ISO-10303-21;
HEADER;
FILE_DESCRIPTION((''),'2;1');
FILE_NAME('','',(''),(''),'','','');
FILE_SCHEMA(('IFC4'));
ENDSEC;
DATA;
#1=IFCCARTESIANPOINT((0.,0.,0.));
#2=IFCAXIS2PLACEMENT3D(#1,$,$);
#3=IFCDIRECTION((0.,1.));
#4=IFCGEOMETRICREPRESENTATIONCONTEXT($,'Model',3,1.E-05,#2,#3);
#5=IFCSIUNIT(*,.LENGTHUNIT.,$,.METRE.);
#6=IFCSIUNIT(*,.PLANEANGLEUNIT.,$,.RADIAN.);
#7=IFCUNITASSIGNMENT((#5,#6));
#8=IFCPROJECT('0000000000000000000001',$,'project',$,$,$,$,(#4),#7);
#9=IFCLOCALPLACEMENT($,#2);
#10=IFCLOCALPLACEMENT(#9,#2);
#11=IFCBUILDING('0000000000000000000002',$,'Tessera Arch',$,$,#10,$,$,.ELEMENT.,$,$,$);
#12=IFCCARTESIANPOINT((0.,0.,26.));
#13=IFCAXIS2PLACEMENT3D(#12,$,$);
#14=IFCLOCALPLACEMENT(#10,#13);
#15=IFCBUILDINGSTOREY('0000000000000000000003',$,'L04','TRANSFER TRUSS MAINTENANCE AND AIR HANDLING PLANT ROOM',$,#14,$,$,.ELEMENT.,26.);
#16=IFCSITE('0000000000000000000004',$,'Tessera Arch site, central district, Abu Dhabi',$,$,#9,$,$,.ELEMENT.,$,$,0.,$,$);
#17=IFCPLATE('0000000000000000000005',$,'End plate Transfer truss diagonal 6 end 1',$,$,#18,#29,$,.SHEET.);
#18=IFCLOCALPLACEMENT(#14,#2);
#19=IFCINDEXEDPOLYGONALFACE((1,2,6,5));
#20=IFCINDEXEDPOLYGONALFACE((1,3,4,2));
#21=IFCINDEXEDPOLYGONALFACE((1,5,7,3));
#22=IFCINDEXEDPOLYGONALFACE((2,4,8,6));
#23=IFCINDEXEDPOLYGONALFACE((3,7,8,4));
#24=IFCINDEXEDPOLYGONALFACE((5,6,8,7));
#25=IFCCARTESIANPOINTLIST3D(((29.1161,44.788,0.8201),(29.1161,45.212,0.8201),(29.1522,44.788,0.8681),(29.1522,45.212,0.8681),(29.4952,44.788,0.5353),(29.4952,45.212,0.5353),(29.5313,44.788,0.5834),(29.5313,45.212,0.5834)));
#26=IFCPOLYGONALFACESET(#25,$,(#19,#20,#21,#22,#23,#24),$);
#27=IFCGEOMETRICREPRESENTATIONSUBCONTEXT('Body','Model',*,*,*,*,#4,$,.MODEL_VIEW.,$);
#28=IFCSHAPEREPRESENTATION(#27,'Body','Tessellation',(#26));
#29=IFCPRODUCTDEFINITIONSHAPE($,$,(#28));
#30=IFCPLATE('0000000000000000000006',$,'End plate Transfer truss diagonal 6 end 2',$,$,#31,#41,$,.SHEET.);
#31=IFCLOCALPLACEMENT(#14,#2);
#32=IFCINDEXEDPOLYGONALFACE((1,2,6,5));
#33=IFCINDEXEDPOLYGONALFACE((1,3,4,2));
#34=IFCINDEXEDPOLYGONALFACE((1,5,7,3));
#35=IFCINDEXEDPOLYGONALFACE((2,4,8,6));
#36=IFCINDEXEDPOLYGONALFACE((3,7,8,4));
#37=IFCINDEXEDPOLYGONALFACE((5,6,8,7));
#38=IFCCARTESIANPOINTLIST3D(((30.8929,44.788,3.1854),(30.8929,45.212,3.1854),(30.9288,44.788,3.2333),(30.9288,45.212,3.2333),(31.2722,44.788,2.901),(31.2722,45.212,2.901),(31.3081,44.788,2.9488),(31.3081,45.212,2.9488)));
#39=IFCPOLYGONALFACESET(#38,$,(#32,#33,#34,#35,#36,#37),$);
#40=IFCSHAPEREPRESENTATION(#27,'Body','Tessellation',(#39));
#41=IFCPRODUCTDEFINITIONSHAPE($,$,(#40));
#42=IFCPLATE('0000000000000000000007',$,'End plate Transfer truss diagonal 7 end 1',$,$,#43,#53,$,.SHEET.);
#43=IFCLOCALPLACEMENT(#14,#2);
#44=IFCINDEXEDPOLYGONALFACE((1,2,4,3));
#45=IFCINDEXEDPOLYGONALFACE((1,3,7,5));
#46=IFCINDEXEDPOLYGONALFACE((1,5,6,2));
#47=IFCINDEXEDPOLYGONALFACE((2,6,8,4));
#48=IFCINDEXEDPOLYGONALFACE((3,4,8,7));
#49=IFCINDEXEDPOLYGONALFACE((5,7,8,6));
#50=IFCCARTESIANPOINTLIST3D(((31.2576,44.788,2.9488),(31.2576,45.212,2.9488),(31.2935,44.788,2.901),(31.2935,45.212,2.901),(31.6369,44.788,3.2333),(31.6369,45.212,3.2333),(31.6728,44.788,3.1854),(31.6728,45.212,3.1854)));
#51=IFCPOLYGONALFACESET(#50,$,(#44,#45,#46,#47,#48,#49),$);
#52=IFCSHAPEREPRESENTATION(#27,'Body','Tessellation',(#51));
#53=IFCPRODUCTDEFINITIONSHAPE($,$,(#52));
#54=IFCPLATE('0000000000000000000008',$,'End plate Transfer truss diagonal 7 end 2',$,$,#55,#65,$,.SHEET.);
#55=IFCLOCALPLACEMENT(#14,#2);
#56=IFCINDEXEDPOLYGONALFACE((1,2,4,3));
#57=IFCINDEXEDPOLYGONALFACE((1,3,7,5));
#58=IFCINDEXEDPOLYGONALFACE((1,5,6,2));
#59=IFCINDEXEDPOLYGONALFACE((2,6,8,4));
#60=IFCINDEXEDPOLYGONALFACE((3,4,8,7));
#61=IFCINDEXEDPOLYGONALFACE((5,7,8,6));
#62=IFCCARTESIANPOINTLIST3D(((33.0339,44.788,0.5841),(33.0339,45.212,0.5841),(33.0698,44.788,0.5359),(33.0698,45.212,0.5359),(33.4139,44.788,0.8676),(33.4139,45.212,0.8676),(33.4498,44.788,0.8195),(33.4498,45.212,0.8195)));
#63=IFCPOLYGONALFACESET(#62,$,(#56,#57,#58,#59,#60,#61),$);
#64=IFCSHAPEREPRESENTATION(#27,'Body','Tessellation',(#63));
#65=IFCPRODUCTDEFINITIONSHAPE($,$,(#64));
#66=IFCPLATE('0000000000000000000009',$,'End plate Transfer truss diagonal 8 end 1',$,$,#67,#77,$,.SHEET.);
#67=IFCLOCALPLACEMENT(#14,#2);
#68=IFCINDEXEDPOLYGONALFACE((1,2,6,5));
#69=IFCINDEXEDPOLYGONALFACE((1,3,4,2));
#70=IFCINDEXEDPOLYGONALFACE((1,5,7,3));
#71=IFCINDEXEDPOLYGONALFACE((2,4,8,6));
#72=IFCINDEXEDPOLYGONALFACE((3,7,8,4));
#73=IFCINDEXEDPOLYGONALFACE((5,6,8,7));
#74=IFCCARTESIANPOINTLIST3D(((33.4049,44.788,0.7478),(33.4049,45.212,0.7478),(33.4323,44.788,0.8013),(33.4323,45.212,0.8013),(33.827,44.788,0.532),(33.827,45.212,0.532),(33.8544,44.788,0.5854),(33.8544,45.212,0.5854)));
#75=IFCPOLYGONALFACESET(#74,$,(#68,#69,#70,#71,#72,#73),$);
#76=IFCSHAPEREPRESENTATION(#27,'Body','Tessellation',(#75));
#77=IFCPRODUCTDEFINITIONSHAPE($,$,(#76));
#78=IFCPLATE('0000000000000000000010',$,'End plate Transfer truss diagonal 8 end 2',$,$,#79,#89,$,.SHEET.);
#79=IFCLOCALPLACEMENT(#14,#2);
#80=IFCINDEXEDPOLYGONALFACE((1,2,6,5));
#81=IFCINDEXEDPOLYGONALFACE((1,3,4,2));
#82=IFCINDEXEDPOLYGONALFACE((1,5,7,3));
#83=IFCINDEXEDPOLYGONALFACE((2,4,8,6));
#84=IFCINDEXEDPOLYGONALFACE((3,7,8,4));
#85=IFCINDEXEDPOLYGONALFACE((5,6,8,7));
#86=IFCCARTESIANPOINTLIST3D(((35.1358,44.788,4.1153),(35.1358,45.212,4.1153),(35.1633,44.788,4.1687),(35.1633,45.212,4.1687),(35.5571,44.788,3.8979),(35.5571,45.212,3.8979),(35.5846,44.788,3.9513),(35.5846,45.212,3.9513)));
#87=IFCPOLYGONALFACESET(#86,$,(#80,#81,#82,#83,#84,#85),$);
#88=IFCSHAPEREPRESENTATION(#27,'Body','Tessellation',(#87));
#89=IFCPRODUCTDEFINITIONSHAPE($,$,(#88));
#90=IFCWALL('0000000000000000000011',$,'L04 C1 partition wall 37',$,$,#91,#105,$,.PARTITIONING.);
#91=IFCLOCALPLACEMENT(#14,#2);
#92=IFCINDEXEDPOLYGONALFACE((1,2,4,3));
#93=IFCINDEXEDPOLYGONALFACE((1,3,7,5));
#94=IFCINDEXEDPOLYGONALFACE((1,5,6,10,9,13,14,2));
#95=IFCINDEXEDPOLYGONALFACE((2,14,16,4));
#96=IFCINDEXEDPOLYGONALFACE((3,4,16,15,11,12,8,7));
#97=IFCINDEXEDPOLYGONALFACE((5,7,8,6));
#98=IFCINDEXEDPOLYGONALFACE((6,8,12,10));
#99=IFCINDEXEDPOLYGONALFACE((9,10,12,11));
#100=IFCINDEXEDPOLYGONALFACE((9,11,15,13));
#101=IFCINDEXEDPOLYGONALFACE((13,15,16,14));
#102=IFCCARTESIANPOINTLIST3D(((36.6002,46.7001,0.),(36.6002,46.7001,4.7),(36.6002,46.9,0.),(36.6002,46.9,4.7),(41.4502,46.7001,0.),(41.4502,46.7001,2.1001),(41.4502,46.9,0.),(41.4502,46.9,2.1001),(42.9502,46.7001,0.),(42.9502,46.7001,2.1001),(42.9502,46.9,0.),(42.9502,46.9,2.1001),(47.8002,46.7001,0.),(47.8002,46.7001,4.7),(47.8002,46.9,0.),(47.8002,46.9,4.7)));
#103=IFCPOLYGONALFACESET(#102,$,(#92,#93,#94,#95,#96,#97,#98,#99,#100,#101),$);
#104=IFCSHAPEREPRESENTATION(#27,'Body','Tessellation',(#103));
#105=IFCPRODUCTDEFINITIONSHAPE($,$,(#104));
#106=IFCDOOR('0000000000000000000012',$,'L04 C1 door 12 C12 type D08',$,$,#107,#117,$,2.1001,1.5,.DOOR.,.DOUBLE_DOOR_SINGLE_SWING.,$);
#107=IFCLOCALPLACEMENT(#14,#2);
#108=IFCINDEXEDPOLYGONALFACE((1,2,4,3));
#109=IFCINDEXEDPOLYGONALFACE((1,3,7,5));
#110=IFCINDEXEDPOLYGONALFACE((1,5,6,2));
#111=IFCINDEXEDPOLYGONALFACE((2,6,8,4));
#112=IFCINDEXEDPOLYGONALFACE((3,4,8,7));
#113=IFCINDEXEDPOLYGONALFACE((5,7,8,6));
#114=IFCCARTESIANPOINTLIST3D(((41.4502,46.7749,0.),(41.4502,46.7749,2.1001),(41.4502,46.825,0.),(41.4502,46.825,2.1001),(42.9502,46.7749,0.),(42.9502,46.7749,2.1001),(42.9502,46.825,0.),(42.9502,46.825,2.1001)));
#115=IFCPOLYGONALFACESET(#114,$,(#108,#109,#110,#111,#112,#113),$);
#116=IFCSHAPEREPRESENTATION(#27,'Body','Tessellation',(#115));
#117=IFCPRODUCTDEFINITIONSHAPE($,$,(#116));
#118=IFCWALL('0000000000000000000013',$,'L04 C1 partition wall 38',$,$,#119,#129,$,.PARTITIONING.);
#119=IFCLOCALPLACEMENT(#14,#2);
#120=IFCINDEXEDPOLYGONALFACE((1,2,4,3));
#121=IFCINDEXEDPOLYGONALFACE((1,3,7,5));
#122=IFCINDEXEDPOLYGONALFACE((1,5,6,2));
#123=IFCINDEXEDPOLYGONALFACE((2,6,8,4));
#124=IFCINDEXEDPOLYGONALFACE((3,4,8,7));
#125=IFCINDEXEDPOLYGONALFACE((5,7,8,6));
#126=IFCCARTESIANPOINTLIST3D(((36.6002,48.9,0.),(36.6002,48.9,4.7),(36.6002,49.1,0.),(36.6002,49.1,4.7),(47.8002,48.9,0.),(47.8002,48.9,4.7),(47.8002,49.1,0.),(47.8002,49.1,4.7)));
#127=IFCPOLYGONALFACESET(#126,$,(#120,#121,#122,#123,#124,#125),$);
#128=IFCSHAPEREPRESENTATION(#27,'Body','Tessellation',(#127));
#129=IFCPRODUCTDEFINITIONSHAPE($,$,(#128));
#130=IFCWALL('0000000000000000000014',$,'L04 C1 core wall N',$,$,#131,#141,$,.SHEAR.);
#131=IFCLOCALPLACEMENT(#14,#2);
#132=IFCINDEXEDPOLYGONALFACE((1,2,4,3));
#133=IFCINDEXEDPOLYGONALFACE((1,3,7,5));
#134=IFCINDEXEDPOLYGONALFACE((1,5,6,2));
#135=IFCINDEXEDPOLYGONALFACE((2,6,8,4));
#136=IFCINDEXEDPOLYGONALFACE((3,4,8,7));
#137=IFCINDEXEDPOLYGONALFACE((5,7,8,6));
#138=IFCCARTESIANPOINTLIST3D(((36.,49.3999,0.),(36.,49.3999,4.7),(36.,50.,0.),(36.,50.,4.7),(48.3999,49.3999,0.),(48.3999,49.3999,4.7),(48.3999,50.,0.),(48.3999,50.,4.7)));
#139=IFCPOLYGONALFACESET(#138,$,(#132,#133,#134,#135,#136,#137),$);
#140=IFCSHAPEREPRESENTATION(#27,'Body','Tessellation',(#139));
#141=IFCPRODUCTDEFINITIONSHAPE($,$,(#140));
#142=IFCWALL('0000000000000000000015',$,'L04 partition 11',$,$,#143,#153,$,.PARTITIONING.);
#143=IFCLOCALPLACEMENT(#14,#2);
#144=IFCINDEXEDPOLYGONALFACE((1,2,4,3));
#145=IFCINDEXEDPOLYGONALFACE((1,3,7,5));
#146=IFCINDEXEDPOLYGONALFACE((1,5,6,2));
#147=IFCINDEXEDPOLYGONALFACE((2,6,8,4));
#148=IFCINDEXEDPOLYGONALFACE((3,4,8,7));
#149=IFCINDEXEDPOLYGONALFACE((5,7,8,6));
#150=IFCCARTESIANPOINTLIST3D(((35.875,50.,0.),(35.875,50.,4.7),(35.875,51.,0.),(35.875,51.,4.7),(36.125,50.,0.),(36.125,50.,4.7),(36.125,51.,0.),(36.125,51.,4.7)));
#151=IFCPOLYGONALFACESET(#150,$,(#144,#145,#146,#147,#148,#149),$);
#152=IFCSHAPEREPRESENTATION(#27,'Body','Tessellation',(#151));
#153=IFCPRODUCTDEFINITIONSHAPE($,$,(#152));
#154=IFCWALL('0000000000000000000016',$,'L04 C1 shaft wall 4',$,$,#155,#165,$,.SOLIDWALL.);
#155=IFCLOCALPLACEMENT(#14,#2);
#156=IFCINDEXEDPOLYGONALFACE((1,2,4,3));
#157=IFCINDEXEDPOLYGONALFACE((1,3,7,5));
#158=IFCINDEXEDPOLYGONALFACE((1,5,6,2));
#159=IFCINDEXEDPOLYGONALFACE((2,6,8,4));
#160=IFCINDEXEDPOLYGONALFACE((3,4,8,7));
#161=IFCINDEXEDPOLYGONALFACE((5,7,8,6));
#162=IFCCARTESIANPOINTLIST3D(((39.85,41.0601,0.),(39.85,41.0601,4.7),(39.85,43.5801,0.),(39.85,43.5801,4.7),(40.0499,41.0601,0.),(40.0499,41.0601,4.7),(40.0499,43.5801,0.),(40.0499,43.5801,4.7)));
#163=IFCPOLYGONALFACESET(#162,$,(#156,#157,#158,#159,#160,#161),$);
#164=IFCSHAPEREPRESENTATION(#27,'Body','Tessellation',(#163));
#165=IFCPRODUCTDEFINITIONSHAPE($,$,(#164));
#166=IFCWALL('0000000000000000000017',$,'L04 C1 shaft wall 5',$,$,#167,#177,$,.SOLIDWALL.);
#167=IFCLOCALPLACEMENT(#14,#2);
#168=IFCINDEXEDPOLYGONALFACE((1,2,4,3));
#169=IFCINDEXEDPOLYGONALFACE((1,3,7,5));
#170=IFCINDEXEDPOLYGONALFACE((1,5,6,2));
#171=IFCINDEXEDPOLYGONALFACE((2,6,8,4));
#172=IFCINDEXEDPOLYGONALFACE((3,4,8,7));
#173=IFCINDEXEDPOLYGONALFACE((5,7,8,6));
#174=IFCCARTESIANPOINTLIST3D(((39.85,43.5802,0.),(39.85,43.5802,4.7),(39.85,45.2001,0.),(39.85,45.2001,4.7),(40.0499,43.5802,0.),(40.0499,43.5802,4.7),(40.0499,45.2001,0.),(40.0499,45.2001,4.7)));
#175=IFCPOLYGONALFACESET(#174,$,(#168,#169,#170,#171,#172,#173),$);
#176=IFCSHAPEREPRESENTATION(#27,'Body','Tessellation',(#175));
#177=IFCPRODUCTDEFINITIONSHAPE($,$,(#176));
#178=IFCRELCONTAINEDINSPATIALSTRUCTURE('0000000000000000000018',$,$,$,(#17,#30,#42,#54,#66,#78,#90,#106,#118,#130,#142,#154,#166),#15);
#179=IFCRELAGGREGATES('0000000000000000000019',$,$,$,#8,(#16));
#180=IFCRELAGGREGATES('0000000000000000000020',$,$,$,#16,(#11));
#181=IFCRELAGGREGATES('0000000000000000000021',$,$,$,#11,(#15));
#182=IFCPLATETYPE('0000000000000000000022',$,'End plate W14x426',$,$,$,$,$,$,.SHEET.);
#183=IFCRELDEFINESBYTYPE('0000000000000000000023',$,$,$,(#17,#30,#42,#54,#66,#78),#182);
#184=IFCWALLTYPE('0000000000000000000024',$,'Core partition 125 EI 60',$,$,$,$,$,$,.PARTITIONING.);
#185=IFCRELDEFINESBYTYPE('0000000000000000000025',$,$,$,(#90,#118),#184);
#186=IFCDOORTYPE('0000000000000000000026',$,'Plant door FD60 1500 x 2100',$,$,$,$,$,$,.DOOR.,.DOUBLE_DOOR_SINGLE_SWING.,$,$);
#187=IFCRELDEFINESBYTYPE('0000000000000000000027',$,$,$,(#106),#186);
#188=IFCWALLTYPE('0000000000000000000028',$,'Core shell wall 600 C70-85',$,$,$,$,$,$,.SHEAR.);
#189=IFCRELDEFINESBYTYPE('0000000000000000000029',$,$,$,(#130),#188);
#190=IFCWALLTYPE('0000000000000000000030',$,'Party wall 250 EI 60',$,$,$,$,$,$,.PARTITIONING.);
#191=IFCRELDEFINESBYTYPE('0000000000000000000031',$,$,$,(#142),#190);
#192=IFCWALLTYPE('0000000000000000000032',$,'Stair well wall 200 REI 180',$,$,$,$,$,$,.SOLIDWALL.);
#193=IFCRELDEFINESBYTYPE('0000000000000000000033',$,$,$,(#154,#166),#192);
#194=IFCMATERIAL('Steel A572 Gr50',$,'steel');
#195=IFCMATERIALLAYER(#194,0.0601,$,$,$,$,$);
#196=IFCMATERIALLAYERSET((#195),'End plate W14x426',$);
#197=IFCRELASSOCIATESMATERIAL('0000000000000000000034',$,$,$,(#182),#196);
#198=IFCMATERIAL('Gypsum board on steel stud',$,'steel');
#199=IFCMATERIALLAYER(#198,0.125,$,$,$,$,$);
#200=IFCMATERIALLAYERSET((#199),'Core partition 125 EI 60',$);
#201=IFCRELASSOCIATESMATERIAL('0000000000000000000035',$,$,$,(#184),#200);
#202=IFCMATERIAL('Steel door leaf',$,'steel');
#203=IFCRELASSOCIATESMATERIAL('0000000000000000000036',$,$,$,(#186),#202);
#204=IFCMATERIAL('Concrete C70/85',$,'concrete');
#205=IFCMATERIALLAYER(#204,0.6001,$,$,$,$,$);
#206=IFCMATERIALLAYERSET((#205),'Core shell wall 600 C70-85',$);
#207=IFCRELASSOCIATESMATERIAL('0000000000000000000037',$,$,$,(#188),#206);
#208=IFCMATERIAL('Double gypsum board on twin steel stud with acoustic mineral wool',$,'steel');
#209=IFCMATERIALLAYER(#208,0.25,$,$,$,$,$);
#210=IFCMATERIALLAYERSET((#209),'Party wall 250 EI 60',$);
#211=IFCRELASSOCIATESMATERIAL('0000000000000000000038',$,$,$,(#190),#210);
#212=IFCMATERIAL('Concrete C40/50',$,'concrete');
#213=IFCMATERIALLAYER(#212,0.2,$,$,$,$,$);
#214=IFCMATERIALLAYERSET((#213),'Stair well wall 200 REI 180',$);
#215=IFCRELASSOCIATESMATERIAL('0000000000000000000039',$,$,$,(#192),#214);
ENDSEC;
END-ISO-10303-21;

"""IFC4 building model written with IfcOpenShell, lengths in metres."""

from ifc_helpers import new_model, si_unit, direction, frame, frame_2d, origin, origin_2d, place, context, subcontext, project, spatial, rectangle, extrude, material, layer, layer_set, type_object, element, fill, save


model = new_model("IFC4")

# Units and contexts
model_context = context("Model", 3, precision=1e-05, world=origin(), true_north=direction((0.0, 1.0)))
body_context = subcontext(model_context, "Body", "Model", "MODEL_VIEW")
ifc_project = project(units=[si_unit("LENGTHUNIT", "METRE"), si_unit("PLANEANGLEUNIT", "RADIAN")], contexts=[model_context])

# Site, building, storey
site_placement = place(None, origin())
site = spatial("IfcSite", under=ifc_project, at=site_placement, Name="Tessera Arch site, central district, Abu Dhabi", CompositionType="ELEMENT", RefElevation=0.0)
building_placement = place(site_placement, origin())
building = spatial("IfcBuilding", under=site, at=building_placement, Name="Tessera Arch", CompositionType="ELEMENT")
storey_placement = place(building_placement, frame((0.0, 0.0, 26.0)))
storey = spatial("IfcBuildingStorey", under=building, at=storey_placement, Name="L04", Description="TRANSFER TRUSS MAINTENANCE AND AIR HANDLING PLANT ROOM", CompositionType="ELEMENT", Elevation=26.0)

# Plates
ifc_material_1 = material(Name="Steel A572 Gr50", Category="steel")
ifc_layer_1 = layer(ifc_material_1, 0.0601)
ifc_layer_set_1 = layer_set([ifc_layer_1], Name="End plate W14x426")
plate_type = type_object("IfcPlateType", Name="End plate W14x426", PredefinedType="SHEET", material=ifc_layer_set_1)
for number, where, z_axis, x_axis, name in (
    (1, (29.3057, 45.0, 0.6777), (0.600649, 0.0, 0.799513), (0.0, 1.0, 0.0), "End plate Transfer truss diagonal 6 end 1"),
):
    element("IfcPlate", number, at=place(storey_placement, frame(where, z_axis=z_axis, x_axis=x_axis)), inside=storey, type_object=plate_type, Name=name, PredefinedType="SHEET", context=body_context, shape_type="SweptSolid", body=[
        extrude(rectangle(XDim=0.4241, YDim=0.4741, at=origin_2d()), origin(), (0.0, 0.0, 1.0), 0.0601),
    ])
for number, where, z_axis, x_axis, name in (
    (2, (31.0825, 45.0, 3.0432), (0.6, 0.0, 0.8), (0.0, 1.0, 0.0), "End plate Transfer truss diagonal 6 end 2"),
    (3, (31.4473, 45.0, 3.0911), (0.6, 0.0, -0.8), (0.0, 1.0, 0.0), "End plate Transfer truss diagonal 7 end 1"),
):
    element("IfcPlate", number, at=place(storey_placement, frame(where, z_axis=z_axis, x_axis=x_axis)), inside=storey, type_object=plate_type, Name=name, PredefinedType="SHEET", context=body_context, shape_type="SweptSolid", body=[
        extrude(rectangle(XDim=0.4241, YDim=0.4741, at=origin_2d()), origin(), (0.0, 0.0, 1.0), 0.0598),
    ])
for number, where, z_axis, x_axis, name in (
    (4, (33.2239, 45.0, 0.7258), (0.598045, 0.0, -0.801462), (0.0, 1.0, 0.0), "End plate Transfer truss diagonal 7 end 2"),
    (5, (33.616, 45.0, 0.6399), (0.455326, 0.0, 0.890325), (0.0, 1.0, 0.0), "End plate Transfer truss diagonal 8 end 1"),
    (6, (35.3464, 45.0, 4.0066), (0.45854, 0.0, 0.888674), (0.0, 1.0, 0.0), "End plate Transfer truss diagonal 8 end 2"),
):
    element("IfcPlate", number, at=place(storey_placement, frame(where, z_axis=z_axis, x_axis=x_axis)), inside=storey, type_object=plate_type, Name=name, PredefinedType="SHEET", context=body_context, shape_type="SweptSolid", body=[
        extrude(rectangle(XDim=0.4241, YDim=0.4741, at=origin_2d()), origin(), (0.0, 0.0, 1.0), 0.0601),
    ])

# Wall, opening, door
ifc_material_2 = material(Name="Gypsum board on steel stud", Category="steel")
ifc_layer_2 = layer(ifc_material_2, 0.125)
ifc_layer_set_2 = layer_set([ifc_layer_2], Name="Core partition 125 EI 60")
wall_type_1 = type_object("IfcWallType", Name="Core partition 125 EI 60", PredefinedType="PARTITIONING", material=ifc_layer_set_2)
wall_1_placement = place(storey_placement, frame((36.6001, 46.8, 0.0), z_axis=(0.0, 0.0, 1.0), x_axis=(1.0, 0.0, 0.0)))
wall_1 = element("IfcWall", 7, at=wall_1_placement, inside=storey, type_object=wall_type_1, Name="L04 C1 partition wall 37", PredefinedType="PARTITIONING", context=body_context, shape_type="SweptSolid", body=[
    extrude(rectangle(XDim=11.2, YDim=0.2, at=frame_2d((5.6001, 0.0))), origin(), (0.0, 0.0, 1.0), 4.7),
])
opening_1_placement = place(wall_1_placement, frame((4.8501, 0.0, 0.0)))
opening_1 = element("IfcOpeningElement", 8, at=opening_1_placement, cuts=wall_1, PredefinedType="OPENING", context=body_context, shape_type="SweptSolid", body=[
    extrude(rectangle(XDim=1.5, YDim=2.1001, at=frame_2d((0.75, 1.05))), frame((0.0, 0.1099, 0.0), z_axis=(0.0, -1.0, 0.0), x_axis=(1.0, 0.0, 0.0)), (0.0, 0.0, 1.0), 0.22),
])
ifc_material_3 = material(Name="Steel door leaf", Category="steel")
door_type_1 = type_object("IfcDoorType", Name="Plant door FD60 1500 x 2100", OperationType="DOUBLE_DOOR_SINGLE_SWING", PredefinedType="DOOR", material=ifc_material_3)
door_1_placement = place(opening_1_placement, origin())
door_1 = element("IfcDoor", 9, at=door_1_placement, inside=storey, type_object=door_type_1, Name="L04 C1 door 12 C12 type D08", OperationType="DOUBLE_DOOR_SINGLE_SWING", OverallHeight=2.1001, OverallWidth=1.5, PredefinedType="DOOR", context=body_context, shape_type="SweptSolid", body=[
    extrude(rectangle(XDim=1.5, YDim=2.1001, at=frame_2d((0.75, 1.05))), frame((0.0, 0.0249, 0.0), z_axis=(0.0, -1.0, 0.0), x_axis=(1.0, 0.0, 0.0)), (0.0, 0.0, 1.0), 0.05),
])
fill(opening_1, door_1)

# Walls
wall_2_placement = place(storey_placement, frame((36.6001, 49.0, 0.0), z_axis=(0.0, 0.0, 1.0), x_axis=(1.0, 0.0, 0.0)))
element("IfcWall", 10, at=wall_2_placement, inside=storey, type_object=wall_type_1, Name="L04 C1 partition wall 38", PredefinedType="PARTITIONING", context=body_context, shape_type="SweptSolid", body=[
    extrude(rectangle(XDim=11.2, YDim=0.2, at=frame_2d((5.6001, 0.0))), origin(), (0.0, 0.0, 1.0), 4.7),
])
ifc_material_4 = material(Name="Concrete C70/85", Category="concrete")
ifc_layer_3 = layer(ifc_material_4, 0.6001)
ifc_layer_set_3 = layer_set([ifc_layer_3], Name="Core shell wall 600 C70-85")
wall_type_2 = type_object("IfcWallType", Name="Core shell wall 600 C70-85", PredefinedType="SHEAR", material=ifc_layer_set_3)
wall_3_placement = place(storey_placement, frame((36.0, 49.7, 0.0), z_axis=(0.0, 0.0, 1.0), x_axis=(1.0, 0.0, 0.0)))
element("IfcWall", 11, at=wall_3_placement, inside=storey, type_object=wall_type_2, Name="L04 C1 core wall N", PredefinedType="SHEAR", context=body_context, shape_type="SweptSolid", body=[
    extrude(rectangle(XDim=12.3999, YDim=0.6001, at=frame_2d((6.2, 0.0))), origin(), (0.0, 0.0, 1.0), 4.7),
])
ifc_material_5 = material(Name="Double gypsum board on twin steel stud with acoustic mineral wool", Category="steel")
ifc_layer_4 = layer(ifc_material_5, 0.25)
ifc_layer_set_4 = layer_set([ifc_layer_4], Name="Party wall 250 EI 60")
wall_type_3 = type_object("IfcWallType", Name="Party wall 250 EI 60", PredefinedType="PARTITIONING", material=ifc_layer_set_4)
wall_4_placement = place(storey_placement, frame((36.0, 50.0, 0.0), z_axis=(0.0, 0.0, 1.0), x_axis=(0.0, 1.0, 0.0)))
element("IfcWall", 12, at=wall_4_placement, inside=storey, type_object=wall_type_3, Name="L04 partition 11", PredefinedType="PARTITIONING", context=body_context, shape_type="SweptSolid", body=[
    extrude(rectangle(XDim=1.0, YDim=0.25, at=frame_2d((0.5, 0.0))), origin(), (0.0, 0.0, 1.0), 4.7),
])
ifc_material_6 = material(Name="Concrete C40/50", Category="concrete")
ifc_layer_5 = layer(ifc_material_6, 0.2)
ifc_layer_set_5 = layer_set([ifc_layer_5], Name="Stair well wall 200 REI 180")
wall_type_4 = type_object("IfcWallType", Name="Stair well wall 200 REI 180", PredefinedType="SOLIDWALL", material=ifc_layer_set_5)
wall_5_placement = place(storey_placement, frame((39.95, 41.0601, 0.0), z_axis=(0.0, 0.0, 1.0), x_axis=(0.0, 1.0, 0.0)))
element("IfcWall", 13, at=wall_5_placement, inside=storey, type_object=wall_type_4, Name="L04 C1 shaft wall 4", PredefinedType="SOLIDWALL", context=body_context, shape_type="SweptSolid", body=[
    extrude(rectangle(XDim=2.52, YDim=0.2, at=frame_2d((1.26, 0.0))), origin(), (0.0, 0.0, 1.0), 4.7),
])
wall_6_placement = place(storey_placement, frame((39.95, 43.5801, 0.0), z_axis=(0.0, 0.0, 1.0), x_axis=(0.0, 1.0, 0.0)))
element("IfcWall", 14, at=wall_6_placement, inside=storey, type_object=wall_type_4, Name="L04 C1 shaft wall 5", PredefinedType="SOLIDWALL", context=body_context, shape_type="SweptSolid", body=[
    extrude(rectangle(XDim=1.6199, YDim=0.2, at=frame_2d((0.8101, 0.0))), origin(), (0.0, 0.0, 1.0), 4.7),
])

save(model, "model.ifc")
